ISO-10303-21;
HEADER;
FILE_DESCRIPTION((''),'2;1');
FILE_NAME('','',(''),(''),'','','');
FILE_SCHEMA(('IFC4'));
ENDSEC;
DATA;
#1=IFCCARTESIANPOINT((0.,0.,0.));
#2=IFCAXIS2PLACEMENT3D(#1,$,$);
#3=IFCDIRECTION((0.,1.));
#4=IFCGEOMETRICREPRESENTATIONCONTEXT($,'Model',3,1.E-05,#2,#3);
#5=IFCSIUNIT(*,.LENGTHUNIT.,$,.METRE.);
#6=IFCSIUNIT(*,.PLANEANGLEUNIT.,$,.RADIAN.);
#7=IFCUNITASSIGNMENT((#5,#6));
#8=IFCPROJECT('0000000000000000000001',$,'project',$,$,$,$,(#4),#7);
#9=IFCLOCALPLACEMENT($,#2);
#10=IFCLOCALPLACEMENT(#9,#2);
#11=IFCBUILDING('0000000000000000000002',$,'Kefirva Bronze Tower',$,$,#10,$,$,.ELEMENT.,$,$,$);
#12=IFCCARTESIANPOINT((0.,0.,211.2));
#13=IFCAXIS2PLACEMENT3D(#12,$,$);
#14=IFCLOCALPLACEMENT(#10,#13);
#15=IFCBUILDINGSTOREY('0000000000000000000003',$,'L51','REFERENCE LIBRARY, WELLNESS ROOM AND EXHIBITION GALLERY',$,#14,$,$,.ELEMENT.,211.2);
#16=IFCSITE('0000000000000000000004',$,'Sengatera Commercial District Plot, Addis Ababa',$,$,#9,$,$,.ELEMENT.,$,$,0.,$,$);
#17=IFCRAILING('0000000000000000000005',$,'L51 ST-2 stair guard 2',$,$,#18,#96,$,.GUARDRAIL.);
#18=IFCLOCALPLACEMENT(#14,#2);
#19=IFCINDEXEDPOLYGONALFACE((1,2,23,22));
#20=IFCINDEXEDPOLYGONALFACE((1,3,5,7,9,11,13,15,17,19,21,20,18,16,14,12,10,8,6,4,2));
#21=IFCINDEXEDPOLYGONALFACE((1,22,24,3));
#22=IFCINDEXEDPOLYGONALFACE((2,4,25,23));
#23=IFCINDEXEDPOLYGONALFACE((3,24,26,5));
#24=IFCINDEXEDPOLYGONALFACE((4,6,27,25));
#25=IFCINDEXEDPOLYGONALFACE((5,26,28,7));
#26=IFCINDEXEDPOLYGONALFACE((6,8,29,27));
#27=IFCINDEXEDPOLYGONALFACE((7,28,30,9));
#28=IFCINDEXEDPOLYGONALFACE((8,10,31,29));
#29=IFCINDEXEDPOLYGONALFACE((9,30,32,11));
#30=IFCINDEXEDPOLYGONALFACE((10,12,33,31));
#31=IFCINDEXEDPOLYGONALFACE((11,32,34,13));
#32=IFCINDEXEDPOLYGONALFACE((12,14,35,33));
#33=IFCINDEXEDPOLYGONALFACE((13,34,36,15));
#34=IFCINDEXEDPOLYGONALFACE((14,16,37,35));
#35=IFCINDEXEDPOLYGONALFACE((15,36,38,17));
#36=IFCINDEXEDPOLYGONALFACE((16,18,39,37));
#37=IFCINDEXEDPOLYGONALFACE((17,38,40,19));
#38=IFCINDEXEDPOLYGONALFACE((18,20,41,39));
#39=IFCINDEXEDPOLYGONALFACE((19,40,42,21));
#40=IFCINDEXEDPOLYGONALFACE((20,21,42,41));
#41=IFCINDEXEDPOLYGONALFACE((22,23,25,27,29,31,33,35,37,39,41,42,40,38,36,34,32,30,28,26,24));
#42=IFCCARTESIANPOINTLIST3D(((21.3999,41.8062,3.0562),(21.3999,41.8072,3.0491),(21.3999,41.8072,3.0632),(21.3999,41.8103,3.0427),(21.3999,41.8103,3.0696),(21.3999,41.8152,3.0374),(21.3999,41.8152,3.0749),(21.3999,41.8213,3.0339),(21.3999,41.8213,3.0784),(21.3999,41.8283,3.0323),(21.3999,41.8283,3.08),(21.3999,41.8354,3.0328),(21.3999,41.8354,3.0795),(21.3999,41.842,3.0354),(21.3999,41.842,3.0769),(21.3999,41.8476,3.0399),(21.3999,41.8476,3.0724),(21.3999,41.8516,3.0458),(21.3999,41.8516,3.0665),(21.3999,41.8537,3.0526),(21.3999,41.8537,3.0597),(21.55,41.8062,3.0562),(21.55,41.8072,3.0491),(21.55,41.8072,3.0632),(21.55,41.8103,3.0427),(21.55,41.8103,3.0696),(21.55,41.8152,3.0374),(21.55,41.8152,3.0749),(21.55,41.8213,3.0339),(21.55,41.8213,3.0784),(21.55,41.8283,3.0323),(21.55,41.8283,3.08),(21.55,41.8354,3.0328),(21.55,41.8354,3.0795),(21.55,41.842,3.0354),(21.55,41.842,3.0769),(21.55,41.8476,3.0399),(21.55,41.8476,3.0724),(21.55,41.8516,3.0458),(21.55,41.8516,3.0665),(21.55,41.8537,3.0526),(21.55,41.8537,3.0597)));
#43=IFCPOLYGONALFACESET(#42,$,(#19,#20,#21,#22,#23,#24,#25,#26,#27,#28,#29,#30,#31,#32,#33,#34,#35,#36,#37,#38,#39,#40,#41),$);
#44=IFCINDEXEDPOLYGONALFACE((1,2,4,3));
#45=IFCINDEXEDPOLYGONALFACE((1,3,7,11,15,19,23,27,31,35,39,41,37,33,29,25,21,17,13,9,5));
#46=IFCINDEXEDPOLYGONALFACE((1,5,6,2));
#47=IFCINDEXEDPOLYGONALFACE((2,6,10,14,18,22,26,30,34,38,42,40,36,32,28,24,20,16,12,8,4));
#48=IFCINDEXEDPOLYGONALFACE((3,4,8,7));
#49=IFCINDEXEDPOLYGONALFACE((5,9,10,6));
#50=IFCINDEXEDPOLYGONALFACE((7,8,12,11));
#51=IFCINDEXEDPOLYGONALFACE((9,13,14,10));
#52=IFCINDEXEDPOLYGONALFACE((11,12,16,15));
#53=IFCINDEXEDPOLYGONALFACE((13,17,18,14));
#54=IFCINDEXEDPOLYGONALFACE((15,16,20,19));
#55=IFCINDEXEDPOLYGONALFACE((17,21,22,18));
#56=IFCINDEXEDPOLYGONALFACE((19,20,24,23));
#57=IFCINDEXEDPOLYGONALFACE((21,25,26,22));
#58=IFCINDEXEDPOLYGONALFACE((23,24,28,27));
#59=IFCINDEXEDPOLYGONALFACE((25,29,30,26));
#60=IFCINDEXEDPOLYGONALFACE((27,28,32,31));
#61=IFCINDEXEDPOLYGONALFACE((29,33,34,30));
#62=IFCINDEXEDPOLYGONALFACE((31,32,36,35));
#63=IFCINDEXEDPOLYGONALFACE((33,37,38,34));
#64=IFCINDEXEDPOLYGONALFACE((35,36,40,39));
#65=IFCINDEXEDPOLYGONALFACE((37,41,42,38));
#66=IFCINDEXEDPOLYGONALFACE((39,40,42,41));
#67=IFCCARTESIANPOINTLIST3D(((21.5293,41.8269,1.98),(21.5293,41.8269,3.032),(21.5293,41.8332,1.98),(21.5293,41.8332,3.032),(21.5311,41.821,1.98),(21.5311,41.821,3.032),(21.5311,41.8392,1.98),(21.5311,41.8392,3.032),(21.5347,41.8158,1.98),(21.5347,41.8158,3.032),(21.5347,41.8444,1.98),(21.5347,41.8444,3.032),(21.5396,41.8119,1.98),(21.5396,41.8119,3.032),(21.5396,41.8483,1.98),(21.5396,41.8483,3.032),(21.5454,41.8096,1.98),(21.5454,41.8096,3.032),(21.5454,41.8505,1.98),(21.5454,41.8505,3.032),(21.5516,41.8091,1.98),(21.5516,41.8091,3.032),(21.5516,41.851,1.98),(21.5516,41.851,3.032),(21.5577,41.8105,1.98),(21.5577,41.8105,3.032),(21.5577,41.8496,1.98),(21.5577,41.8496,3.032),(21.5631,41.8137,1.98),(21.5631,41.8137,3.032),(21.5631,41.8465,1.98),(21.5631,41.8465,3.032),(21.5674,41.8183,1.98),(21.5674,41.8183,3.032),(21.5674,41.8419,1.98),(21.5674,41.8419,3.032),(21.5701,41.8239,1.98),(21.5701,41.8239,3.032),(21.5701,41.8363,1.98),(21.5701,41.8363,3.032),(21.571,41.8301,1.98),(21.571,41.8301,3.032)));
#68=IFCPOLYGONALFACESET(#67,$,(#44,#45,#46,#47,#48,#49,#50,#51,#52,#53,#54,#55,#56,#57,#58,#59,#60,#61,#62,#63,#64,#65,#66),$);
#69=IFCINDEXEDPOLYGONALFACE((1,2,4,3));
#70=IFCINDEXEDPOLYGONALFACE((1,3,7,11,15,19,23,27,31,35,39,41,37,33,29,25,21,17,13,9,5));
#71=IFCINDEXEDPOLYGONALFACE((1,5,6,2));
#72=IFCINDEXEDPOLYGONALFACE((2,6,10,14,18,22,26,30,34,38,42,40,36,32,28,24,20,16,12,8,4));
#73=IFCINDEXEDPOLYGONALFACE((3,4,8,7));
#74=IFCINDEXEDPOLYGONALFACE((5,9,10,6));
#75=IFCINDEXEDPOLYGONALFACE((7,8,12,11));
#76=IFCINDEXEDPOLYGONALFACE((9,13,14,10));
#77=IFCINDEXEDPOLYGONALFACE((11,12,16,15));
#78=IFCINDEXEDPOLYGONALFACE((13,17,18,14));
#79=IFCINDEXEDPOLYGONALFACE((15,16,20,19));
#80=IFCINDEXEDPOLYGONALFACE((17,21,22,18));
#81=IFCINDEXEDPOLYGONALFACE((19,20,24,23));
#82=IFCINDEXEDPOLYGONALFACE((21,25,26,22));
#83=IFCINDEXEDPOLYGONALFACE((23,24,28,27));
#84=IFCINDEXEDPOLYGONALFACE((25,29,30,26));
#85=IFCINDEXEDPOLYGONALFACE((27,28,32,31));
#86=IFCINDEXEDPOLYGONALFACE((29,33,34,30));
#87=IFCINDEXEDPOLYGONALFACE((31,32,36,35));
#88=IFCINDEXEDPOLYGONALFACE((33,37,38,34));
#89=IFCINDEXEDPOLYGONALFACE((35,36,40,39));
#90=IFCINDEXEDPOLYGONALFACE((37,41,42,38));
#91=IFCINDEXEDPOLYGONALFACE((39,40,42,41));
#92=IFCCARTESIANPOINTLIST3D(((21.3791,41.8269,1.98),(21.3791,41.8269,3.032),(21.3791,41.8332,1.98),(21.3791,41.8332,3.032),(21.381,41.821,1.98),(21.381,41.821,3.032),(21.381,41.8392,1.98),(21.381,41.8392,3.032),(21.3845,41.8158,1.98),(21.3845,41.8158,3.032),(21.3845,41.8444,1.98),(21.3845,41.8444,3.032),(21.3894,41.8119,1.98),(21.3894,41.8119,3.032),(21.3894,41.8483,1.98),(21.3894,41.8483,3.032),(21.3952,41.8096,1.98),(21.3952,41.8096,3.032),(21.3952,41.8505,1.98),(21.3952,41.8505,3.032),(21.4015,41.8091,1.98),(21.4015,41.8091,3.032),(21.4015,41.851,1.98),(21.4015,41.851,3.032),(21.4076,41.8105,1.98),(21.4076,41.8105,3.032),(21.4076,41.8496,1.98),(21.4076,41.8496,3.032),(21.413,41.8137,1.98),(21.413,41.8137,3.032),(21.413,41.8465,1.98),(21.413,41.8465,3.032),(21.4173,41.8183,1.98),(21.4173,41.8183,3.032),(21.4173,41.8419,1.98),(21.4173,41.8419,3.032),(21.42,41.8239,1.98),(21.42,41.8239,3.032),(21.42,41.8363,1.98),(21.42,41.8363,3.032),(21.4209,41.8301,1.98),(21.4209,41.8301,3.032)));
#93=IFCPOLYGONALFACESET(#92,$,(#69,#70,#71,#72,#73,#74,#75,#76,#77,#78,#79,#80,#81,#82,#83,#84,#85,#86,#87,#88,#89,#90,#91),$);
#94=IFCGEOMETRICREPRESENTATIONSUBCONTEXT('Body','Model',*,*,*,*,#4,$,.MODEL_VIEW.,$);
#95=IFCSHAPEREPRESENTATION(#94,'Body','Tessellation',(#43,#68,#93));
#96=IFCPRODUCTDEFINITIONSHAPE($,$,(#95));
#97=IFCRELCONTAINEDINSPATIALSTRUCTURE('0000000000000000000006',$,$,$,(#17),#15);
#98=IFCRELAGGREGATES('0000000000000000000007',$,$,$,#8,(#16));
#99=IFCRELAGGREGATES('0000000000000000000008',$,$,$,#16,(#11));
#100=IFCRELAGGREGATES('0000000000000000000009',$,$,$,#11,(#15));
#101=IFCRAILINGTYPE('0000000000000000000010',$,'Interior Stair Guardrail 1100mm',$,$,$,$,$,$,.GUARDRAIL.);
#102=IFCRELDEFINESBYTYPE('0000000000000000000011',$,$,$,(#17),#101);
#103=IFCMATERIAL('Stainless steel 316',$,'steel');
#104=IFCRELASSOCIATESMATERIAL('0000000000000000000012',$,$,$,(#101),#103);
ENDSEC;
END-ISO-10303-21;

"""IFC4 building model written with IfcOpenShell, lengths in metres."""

from ifc_helpers import new_model, si_unit, direction, frame, origin, origin_2d, place, context, subcontext, project, spatial, circle, extrude, material, type_object, element, save


model = new_model("IFC4")

# Units and contexts
model_context = context("Model", 3, precision=1e-05, world=origin(), true_north=direction((0.0, 1.0)))
body_context = subcontext(model_context, "Body", "Model", "MODEL_VIEW")
ifc_project = project(units=[si_unit("LENGTHUNIT", "METRE"), si_unit("PLANEANGLEUNIT", "RADIAN")], contexts=[model_context])

# Site, building, storey
site_placement = place(None, origin())
site = spatial("IfcSite", under=ifc_project, at=site_placement, Name="Sengatera Commercial District Plot, Addis Ababa", CompositionType="ELEMENT", RefElevation=0.0)
building_placement = place(site_placement, origin())
building = spatial("IfcBuilding", under=site, at=building_placement, Name="Kefirva Bronze Tower", CompositionType="ELEMENT")
storey_placement = place(building_placement, frame((0.0, 0.0, 211.2)))
storey = spatial("IfcBuildingStorey", under=building, at=storey_placement, Name="L51", Description="REFERENCE LIBRARY, WELLNESS ROOM AND EXHIBITION GALLERY", CompositionType="ELEMENT", Elevation=211.2)

# Railing
ifc_material_1 = material(Name="Stainless steel 316", Category="steel")
railing_type_1 = type_object("IfcRailingType", Name="Interior Stair Guardrail 1100mm", PredefinedType="GUARDRAIL", material=ifc_material_1)
railing_1_placement = place(storey_placement, frame((21.55, 41.8301, 1.98)))
element("IfcRailing", 1, at=railing_1_placement, inside=storey, type_object=railing_type_1, Name="L51 ST-2 stair guard 2", PredefinedType="GUARDRAIL", context=body_context, shape_type="SweptSolid", body=[
    extrude(circle(Radius=0.0239, at=origin_2d()), frame((0.0, 0.0, 1.0762), z_axis=(-1.0, 0.0, 0.0), x_axis=(0.0, -1.0, 0.0)), (0.0, 0.0, 1.0), 0.1501),
    extrude(circle(Radius=0.021, at=origin_2d()), origin(), (0.0, 0.0, 1.0), 1.052),
    extrude(circle(Radius=0.021, at=origin_2d()), frame((-0.1501, 0.0, 0.0)), (0.0, 0.0, 1.0), 1.052),
])

save(model, "model.ifc")
